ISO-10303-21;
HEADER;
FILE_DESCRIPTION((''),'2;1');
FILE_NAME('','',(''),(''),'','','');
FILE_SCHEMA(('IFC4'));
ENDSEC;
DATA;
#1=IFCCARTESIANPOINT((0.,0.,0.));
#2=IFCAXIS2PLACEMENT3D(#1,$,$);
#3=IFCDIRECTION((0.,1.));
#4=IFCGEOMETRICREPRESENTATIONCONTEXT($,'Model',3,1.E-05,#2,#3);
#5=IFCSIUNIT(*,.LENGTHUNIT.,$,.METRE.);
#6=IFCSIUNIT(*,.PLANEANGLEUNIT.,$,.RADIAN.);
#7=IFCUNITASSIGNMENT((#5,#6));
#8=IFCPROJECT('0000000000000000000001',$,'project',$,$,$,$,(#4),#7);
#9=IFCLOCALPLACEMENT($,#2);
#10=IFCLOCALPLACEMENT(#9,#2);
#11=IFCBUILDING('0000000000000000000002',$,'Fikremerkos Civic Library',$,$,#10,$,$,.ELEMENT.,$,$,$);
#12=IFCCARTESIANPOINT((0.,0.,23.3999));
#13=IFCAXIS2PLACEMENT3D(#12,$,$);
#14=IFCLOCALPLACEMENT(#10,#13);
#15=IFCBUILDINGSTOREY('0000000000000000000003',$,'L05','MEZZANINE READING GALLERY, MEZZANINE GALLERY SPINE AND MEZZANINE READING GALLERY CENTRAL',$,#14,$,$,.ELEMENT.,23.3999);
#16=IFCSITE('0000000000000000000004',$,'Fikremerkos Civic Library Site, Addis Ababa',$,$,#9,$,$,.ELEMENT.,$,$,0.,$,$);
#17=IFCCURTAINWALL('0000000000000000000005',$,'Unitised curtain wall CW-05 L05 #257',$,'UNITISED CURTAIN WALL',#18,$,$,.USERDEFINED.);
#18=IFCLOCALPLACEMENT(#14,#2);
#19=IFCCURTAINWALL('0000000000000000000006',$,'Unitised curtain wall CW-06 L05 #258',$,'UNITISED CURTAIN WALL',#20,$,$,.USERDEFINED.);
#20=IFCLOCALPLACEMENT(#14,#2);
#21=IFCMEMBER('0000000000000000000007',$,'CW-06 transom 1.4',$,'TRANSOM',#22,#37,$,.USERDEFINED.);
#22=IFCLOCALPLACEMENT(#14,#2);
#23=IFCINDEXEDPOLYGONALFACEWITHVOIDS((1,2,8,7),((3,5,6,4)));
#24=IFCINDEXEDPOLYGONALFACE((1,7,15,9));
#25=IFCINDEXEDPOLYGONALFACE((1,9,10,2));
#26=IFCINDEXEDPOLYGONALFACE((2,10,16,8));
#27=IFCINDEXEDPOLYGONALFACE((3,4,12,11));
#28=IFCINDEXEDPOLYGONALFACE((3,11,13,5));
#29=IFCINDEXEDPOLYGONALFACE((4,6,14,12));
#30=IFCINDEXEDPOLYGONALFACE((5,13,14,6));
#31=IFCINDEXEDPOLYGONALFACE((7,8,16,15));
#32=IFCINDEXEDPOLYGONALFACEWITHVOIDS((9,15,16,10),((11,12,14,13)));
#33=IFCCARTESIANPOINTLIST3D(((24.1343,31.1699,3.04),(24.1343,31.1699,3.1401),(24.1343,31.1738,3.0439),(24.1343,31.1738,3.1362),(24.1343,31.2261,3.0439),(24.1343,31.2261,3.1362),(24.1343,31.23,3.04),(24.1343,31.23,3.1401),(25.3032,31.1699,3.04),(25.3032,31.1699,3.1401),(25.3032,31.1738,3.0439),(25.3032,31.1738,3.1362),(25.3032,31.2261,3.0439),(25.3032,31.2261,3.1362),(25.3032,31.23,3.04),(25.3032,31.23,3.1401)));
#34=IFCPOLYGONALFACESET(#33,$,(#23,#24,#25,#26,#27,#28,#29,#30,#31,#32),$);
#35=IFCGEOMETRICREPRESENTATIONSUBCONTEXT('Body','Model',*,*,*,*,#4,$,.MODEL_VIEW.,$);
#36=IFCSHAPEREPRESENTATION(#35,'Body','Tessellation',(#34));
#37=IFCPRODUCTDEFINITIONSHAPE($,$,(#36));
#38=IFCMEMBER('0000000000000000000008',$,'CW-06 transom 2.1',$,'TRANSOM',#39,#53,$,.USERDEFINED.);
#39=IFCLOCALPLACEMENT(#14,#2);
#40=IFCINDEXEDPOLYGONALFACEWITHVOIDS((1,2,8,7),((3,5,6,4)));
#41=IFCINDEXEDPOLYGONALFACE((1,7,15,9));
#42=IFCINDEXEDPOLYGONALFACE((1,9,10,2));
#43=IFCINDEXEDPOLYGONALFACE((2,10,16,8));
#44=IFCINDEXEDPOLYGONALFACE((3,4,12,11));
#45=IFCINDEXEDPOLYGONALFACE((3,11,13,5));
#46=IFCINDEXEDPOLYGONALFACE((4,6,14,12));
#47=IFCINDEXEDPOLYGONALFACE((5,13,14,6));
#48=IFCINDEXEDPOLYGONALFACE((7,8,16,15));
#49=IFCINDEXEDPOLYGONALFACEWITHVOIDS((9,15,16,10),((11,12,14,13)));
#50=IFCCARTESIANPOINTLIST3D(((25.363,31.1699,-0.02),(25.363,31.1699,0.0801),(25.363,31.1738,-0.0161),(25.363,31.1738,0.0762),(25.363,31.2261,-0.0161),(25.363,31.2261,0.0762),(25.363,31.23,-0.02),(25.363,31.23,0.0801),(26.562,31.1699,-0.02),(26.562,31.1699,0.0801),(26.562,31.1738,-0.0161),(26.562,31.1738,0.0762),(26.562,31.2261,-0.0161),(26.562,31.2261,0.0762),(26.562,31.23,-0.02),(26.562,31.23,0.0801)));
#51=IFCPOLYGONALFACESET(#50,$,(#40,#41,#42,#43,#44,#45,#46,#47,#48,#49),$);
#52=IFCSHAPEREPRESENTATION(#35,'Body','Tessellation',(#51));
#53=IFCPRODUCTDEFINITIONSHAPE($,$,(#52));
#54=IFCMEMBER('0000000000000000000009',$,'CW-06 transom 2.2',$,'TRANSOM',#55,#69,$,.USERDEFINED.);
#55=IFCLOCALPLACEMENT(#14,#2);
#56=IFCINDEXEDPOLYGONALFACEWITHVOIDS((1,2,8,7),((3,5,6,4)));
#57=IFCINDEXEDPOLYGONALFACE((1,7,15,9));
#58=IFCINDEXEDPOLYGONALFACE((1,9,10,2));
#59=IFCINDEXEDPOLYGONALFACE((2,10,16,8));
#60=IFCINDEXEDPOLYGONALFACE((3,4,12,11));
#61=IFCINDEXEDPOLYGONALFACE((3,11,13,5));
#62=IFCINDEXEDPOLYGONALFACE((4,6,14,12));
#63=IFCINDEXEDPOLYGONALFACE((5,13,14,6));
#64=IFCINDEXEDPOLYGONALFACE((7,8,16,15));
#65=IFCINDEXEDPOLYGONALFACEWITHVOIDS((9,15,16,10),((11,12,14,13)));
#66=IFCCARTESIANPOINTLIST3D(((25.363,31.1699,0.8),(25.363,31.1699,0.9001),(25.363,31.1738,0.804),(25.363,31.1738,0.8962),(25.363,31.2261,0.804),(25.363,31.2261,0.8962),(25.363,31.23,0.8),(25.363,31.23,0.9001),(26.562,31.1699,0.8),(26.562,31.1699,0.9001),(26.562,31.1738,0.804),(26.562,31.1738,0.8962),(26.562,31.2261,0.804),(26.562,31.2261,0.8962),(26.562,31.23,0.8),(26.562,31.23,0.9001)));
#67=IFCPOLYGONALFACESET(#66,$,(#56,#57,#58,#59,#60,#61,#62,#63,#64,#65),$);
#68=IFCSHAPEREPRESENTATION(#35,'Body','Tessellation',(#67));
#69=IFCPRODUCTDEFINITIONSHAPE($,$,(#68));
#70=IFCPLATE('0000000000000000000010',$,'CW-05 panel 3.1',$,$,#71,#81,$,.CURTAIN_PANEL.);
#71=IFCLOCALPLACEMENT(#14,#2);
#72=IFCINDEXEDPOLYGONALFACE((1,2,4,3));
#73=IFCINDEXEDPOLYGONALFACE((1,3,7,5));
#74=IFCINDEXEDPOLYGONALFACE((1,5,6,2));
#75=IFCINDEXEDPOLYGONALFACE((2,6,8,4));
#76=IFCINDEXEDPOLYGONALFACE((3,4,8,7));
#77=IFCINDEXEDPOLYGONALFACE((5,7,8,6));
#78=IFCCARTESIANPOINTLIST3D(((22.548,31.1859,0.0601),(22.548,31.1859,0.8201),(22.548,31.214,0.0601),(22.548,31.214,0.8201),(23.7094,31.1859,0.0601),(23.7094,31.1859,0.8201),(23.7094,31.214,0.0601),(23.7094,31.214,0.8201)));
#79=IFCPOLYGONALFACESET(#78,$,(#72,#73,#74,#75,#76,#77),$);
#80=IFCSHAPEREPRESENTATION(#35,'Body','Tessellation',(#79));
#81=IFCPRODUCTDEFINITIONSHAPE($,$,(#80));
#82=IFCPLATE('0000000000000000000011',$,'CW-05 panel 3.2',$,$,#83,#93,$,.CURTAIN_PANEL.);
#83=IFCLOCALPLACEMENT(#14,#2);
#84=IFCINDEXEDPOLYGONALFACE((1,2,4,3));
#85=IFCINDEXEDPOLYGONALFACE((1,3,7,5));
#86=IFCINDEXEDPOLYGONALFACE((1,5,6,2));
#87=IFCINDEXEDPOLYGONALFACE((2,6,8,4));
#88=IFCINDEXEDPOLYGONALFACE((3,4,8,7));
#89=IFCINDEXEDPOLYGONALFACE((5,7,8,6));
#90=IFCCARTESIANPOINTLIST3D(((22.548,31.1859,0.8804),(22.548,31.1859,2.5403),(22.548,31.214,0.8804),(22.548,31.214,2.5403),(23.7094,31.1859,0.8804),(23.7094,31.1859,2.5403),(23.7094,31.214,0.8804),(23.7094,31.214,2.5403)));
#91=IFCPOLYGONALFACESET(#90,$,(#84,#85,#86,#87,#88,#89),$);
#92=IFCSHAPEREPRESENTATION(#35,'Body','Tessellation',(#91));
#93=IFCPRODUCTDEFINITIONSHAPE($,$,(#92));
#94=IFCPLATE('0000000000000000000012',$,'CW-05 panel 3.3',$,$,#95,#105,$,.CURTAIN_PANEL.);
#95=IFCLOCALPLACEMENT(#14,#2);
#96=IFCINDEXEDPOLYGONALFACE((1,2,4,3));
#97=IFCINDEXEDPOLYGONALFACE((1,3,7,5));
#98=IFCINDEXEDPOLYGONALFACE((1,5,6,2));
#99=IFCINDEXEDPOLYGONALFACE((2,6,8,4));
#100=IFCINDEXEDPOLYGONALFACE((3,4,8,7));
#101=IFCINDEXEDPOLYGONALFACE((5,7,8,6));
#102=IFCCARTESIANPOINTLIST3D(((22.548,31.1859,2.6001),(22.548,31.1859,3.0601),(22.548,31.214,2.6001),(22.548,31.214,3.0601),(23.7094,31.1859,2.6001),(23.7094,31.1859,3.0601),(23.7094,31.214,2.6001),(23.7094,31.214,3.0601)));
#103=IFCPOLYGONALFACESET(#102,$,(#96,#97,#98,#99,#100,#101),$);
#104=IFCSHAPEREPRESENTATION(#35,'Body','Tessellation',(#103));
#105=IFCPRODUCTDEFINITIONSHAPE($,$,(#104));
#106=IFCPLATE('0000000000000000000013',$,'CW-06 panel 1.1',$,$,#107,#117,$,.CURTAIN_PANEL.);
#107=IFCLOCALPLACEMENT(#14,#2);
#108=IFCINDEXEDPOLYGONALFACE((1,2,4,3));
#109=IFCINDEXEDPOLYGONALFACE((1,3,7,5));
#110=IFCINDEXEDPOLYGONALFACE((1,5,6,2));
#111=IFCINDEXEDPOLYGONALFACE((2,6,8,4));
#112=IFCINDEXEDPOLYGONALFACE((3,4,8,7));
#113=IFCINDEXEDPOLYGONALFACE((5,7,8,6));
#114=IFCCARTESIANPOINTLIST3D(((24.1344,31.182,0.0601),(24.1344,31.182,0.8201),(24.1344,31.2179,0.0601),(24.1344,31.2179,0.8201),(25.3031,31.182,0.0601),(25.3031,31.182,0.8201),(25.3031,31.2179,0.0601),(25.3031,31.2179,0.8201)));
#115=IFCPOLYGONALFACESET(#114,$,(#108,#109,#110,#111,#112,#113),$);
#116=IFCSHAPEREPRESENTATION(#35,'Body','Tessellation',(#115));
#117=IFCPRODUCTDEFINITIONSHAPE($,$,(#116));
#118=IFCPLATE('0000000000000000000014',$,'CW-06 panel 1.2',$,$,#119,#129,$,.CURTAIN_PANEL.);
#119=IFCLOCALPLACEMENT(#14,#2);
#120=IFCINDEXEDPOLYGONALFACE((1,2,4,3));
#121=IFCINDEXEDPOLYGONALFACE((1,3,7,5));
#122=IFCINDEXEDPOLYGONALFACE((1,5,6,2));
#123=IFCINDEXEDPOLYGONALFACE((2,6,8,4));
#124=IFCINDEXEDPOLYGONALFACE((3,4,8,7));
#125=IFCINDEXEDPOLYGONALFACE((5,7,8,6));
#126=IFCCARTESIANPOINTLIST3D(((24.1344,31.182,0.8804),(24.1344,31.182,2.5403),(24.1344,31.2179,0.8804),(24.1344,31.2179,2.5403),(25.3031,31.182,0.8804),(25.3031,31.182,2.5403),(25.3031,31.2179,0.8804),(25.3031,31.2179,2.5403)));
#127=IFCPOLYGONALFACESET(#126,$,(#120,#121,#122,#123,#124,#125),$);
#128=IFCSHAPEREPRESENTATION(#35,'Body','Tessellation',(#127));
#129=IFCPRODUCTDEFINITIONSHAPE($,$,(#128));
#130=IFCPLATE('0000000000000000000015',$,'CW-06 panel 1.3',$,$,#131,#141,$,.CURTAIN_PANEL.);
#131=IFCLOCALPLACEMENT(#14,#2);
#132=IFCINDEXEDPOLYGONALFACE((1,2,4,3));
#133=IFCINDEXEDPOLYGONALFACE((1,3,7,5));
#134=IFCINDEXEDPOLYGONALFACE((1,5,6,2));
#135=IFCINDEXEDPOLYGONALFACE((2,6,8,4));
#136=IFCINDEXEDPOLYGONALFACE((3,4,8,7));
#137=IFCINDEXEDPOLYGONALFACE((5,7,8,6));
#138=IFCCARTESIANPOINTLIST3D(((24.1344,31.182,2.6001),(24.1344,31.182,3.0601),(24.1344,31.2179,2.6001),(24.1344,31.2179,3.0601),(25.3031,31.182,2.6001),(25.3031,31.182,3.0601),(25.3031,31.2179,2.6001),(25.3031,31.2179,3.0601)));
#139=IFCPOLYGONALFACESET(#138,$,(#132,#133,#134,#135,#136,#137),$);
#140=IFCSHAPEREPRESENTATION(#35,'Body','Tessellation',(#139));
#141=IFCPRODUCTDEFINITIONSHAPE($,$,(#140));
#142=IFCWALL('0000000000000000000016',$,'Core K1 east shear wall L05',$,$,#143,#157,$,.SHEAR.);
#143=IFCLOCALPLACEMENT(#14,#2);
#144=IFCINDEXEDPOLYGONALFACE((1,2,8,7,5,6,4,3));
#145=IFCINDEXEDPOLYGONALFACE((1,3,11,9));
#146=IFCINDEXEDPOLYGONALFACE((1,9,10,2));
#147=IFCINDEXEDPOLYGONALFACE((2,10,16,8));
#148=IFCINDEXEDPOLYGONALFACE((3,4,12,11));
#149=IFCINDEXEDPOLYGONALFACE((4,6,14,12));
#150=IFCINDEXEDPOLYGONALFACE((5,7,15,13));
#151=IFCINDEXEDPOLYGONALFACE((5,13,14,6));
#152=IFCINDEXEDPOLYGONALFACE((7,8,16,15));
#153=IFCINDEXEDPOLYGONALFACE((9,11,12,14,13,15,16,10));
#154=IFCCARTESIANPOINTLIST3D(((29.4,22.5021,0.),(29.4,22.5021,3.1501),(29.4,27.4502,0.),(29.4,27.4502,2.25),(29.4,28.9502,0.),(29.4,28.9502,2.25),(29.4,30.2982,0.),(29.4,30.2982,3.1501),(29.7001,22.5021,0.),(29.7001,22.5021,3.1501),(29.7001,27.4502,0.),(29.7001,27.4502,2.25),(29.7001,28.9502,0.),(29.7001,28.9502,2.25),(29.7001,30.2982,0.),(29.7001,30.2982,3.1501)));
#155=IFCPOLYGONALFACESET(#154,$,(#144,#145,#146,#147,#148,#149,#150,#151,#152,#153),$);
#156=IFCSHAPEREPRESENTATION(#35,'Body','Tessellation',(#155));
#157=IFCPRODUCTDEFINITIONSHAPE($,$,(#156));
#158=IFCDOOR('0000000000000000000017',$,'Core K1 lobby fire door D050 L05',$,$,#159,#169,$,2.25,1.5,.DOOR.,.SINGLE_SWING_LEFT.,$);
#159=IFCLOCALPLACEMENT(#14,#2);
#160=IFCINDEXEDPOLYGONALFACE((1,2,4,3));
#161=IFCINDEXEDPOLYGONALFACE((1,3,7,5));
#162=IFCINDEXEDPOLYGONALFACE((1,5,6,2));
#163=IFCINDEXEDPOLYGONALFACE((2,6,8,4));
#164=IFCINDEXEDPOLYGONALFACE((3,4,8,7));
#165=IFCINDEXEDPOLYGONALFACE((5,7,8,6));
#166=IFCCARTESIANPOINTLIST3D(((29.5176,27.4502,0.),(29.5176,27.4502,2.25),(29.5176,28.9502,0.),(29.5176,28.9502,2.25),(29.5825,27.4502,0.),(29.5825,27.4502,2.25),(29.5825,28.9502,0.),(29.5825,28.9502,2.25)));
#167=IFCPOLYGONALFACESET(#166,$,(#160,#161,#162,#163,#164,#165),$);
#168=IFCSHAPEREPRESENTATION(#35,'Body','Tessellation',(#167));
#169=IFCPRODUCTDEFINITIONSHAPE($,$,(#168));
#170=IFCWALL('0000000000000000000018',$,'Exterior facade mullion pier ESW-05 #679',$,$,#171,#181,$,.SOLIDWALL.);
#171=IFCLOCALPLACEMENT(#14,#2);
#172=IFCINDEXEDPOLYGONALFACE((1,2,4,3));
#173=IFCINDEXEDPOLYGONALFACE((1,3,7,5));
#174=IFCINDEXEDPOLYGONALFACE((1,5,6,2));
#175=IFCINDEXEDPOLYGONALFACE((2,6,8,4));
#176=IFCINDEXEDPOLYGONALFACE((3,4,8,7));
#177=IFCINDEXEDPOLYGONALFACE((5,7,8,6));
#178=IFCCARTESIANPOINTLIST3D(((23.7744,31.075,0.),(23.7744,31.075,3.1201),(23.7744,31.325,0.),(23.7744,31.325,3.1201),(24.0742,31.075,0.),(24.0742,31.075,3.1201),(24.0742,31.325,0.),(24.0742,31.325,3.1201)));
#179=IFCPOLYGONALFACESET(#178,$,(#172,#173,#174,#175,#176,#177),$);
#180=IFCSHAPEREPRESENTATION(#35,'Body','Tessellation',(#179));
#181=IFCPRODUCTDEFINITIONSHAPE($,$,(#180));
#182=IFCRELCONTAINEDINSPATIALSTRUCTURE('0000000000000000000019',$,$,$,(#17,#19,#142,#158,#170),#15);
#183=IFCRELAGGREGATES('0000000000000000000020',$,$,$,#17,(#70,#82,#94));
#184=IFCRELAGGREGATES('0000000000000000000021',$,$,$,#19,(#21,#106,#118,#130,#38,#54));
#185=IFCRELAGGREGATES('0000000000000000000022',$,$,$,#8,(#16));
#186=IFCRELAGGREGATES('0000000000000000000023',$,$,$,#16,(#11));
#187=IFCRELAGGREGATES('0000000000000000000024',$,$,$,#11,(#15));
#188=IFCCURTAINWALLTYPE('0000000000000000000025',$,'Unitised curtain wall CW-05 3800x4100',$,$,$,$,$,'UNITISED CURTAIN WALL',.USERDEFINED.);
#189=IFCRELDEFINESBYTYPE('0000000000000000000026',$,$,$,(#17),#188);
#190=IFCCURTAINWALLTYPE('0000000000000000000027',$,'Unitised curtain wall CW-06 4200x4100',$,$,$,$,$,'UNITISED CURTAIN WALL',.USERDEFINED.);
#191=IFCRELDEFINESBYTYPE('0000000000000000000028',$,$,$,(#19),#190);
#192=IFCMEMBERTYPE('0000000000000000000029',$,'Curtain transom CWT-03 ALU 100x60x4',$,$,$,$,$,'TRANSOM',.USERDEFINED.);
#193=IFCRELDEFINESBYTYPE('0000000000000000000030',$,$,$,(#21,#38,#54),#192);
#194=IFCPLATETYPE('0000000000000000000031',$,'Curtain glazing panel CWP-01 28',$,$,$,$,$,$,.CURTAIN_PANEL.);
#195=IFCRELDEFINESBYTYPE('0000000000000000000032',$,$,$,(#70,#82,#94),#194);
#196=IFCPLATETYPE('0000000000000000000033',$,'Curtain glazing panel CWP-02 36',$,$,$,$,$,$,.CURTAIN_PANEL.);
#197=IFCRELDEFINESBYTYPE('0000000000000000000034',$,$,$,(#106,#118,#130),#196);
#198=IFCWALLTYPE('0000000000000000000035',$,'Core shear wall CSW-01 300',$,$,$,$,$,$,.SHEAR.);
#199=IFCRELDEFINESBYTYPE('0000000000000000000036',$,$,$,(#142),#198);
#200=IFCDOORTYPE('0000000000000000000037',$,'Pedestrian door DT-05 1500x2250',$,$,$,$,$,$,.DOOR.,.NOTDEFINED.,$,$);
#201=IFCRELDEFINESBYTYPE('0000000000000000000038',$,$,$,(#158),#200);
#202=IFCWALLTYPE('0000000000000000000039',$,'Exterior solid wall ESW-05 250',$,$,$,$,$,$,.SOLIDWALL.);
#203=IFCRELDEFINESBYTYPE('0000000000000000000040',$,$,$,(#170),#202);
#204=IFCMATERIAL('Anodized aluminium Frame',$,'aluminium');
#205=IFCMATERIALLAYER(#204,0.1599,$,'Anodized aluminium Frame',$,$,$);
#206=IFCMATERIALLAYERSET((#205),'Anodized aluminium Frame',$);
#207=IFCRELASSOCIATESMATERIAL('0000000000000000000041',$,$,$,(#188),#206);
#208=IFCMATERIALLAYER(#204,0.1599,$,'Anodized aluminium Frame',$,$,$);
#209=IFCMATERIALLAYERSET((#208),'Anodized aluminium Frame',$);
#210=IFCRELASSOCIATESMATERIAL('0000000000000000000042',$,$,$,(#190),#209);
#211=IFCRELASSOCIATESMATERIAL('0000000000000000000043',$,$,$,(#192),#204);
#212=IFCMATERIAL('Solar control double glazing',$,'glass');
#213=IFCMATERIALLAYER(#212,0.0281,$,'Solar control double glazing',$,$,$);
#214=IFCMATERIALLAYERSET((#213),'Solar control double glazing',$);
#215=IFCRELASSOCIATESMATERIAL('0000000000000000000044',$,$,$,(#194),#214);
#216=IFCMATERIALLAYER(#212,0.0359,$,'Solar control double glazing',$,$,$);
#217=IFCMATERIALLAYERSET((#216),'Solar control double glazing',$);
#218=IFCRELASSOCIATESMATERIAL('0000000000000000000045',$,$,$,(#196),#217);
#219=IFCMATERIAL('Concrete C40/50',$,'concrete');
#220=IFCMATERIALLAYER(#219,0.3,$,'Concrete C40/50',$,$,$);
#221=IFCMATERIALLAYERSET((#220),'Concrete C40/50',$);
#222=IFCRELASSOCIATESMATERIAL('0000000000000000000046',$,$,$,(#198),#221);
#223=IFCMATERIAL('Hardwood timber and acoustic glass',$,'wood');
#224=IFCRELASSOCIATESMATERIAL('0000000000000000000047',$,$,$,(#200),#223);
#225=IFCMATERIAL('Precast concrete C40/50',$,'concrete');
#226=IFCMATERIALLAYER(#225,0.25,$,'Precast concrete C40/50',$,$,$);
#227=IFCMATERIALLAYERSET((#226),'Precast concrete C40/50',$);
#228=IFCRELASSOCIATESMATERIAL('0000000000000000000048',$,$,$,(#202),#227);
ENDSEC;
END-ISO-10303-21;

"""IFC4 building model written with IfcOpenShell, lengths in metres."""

from ifc_helpers import new_model, si_unit, direction, frame, frame_2d, origin, origin_2d, place, context, subcontext, project, spatial, rectangle, hollow_rectangle, extrude, material, layer, layer_set, material_profile, profile_set, type_object, element, fill, aggregate, save


model = new_model("IFC4")

# Units and contexts
model_context = context("Model", 3, precision=1e-05, world=origin(), true_north=direction((0.0, 1.0)))
body_context = subcontext(model_context, "Body", "Model", "MODEL_VIEW")
ifc_project = project(units=[si_unit("LENGTHUNIT", "METRE"), si_unit("PLANEANGLEUNIT", "RADIAN")], contexts=[model_context])

# Site, building, storey
site_placement = place(None, origin())
site = spatial("IfcSite", under=ifc_project, at=site_placement, Name="Fikremerkos Civic Library Site, Addis Ababa", CompositionType="ELEMENT", RefElevation=0.0)
building_placement = place(site_placement, origin())
building = spatial("IfcBuilding", under=site, at=building_placement, Name="Fikremerkos Civic Library", CompositionType="ELEMENT")
storey_placement = place(building_placement, frame((0.0, 0.0, 23.3999)))
storey = spatial("IfcBuildingStorey", under=building, at=storey_placement, Name="L05", Description="MEZZANINE READING GALLERY, MEZZANINE GALLERY SPINE AND MEZZANINE READING GALLERY CENTRAL", CompositionType="ELEMENT", Elevation=23.3999)

# Curtain walls
ifc_material_1 = material(Name="Anodized aluminium Frame", Category="aluminium")
ifc_layer_1 = layer(ifc_material_1, 0.1599, Name="Anodized aluminium Frame")
ifc_layer_set_1 = layer_set([ifc_layer_1], Name="Anodized aluminium Frame")
curtain_wall_type_1 = type_object("IfcCurtainWallType", Name="Unitised curtain wall CW-05 3800x4100", ElementType="UNITISED CURTAIN WALL", PredefinedType="USERDEFINED", material=ifc_layer_set_1)
curtain_wall_1_placement = place(storey_placement, origin())
curtain_wall_1 = element("IfcCurtainWall", 1, at=curtain_wall_1_placement, inside=storey, type_object=curtain_wall_type_1, Name="Unitised curtain wall CW-05 L05 #257", ObjectType="UNITISED CURTAIN WALL", PredefinedType="USERDEFINED")
ifc_layer_2 = layer(ifc_material_1, 0.1599, Name="Anodized aluminium Frame")
ifc_layer_set_2 = layer_set([ifc_layer_2], Name="Anodized aluminium Frame")
curtain_wall_type_2 = type_object("IfcCurtainWallType", Name="Unitised curtain wall CW-06 4200x4100", ElementType="UNITISED CURTAIN WALL", PredefinedType="USERDEFINED", material=ifc_layer_set_2)
curtain_wall_2_placement = place(storey_placement, origin())
curtain_wall_2 = element("IfcCurtainWall", 2, at=curtain_wall_2_placement, inside=storey, type_object=curtain_wall_type_2, Name="Unitised curtain wall CW-06 L05 #258", ObjectType="UNITISED CURTAIN WALL", PredefinedType="USERDEFINED")

# Members
ifc_material_profile_1 = material_profile(ifc_material_1, hollow_rectangle(XDim=0.0601, YDim=0.1001, WallThickness=0.0039, at=origin_2d()), Name="ALU 100x60x4")
ifc_profile_set_1 = profile_set([ifc_material_profile_1], Name="Anodized aluminium Frame")
member_type_1 = type_object("IfcMemberType", Name="Curtain transom CWT-03 ALU 100x60x4", ElementType="TRANSOM", PredefinedType="USERDEFINED", material=ifc_profile_set_1)
member_1_placement = place(storey_placement, frame((24.1343, 31.2, 3.0901), z_axis=(1.0, 0.0, 0.0), x_axis=(0.0, 1.0, 0.0)))
member_1 = element("IfcMember", 3, at=member_1_placement, type_object=member_type_1, Name="CW-06 transom 1.4", ObjectType="TRANSOM", PredefinedType="USERDEFINED", context=body_context, shape_type="SweptSolid", body=[
    extrude(hollow_rectangle(XDim=0.0601, YDim=0.1001, WallThickness=0.0039, at=origin_2d()), origin(), (0.0, 0.0, 1.0), 1.1689),
])
member_2_placement = place(storey_placement, frame((25.363, 31.2, 0.03), z_axis=(1.0, 0.0, 0.0), x_axis=(0.0, 1.0, 0.0)))
member_2 = element("IfcMember", 4, at=member_2_placement, type_object=member_type_1, Name="CW-06 transom 2.1", ObjectType="TRANSOM", PredefinedType="USERDEFINED", context=body_context, shape_type="SweptSolid", body=[
    extrude(hollow_rectangle(XDim=0.0601, YDim=0.1001, WallThickness=0.0039, at=origin_2d()), origin(), (0.0, 0.0, 1.0), 1.199),
])
member_3_placement = place(storey_placement, frame((25.363, 31.2, 0.8501), z_axis=(1.0, 0.0, 0.0), x_axis=(0.0, 1.0, 0.0)))
member_3 = element("IfcMember", 5, at=member_3_placement, type_object=member_type_1, Name="CW-06 transom 2.2", ObjectType="TRANSOM", PredefinedType="USERDEFINED", context=body_context, shape_type="SweptSolid", body=[
    extrude(hollow_rectangle(XDim=0.0601, YDim=0.1001, WallThickness=0.0039, at=origin_2d()), origin(), (0.0, 0.0, 1.0), 1.199),
])

# Plates
ifc_material_2 = material(Name="Solar control double glazing", Category="glass")
ifc_layer_3 = layer(ifc_material_2, 0.0281, Name="Solar control double glazing")
ifc_layer_set_3 = layer_set([ifc_layer_3], Name="Solar control double glazing")
plate_type_1 = type_object("IfcPlateType", Name="Curtain glazing panel CWP-01 28", PredefinedType="CURTAIN_PANEL", material=ifc_layer_set_3)
plate_1_placement = place(storey_placement, frame((23.1287, 31.2, 0.0601), z_axis=(0.0, 0.0, 1.0), x_axis=(1.0, 0.0, 0.0)))
plate_1 = element("IfcPlate", 6, at=plate_1_placement, type_object=plate_type_1, Name="CW-05 panel 3.1", PredefinedType="CURTAIN_PANEL", context=body_context, shape_type="SweptSolid", body=[
    extrude(rectangle(XDim=1.1614, YDim=0.0281, at=origin_2d()), origin(), (0.0, 0.0, 1.0), 0.76),
])
plate_2_placement = place(storey_placement, frame((23.1287, 31.2, 0.8804), z_axis=(0.0, 0.0, 1.0), x_axis=(1.0, 0.0, 0.0)))
plate_2 = element("IfcPlate", 7, at=plate_2_placement, type_object=plate_type_1, Name="CW-05 panel 3.2", PredefinedType="CURTAIN_PANEL", context=body_context, shape_type="SweptSolid", body=[
    extrude(rectangle(XDim=1.1614, YDim=0.0281, at=origin_2d()), origin(), (0.0, 0.0, 1.0), 1.6599),
])
plate_3_placement = place(storey_placement, frame((23.1287, 31.2, 2.6001), z_axis=(0.0, 0.0, 1.0), x_axis=(1.0, 0.0, 0.0)))
plate_3 = element("IfcPlate", 8, at=plate_3_placement, type_object=plate_type_1, Name="CW-05 panel 3.3", PredefinedType="CURTAIN_PANEL", context=body_context, shape_type="SweptSolid", body=[
    extrude(rectangle(XDim=1.1614, YDim=0.0281, at=origin_2d()), origin(), (0.0, 0.0, 1.0), 0.46),
])
aggregate(curtain_wall_1, [plate_1, plate_2, plate_3])
ifc_layer_4 = layer(ifc_material_2, 0.0359, Name="Solar control double glazing")
ifc_layer_set_4 = layer_set([ifc_layer_4], Name="Solar control double glazing")
plate_type_2 = type_object("IfcPlateType", Name="Curtain glazing panel CWP-02 36", PredefinedType="CURTAIN_PANEL", material=ifc_layer_set_4)
plate_4_placement = place(storey_placement, frame((24.7188, 31.2, 0.0601), z_axis=(0.0, 0.0, 1.0), x_axis=(1.0, 0.0, 0.0)))
plate_4 = element("IfcPlate", 9, at=plate_4_placement, type_object=plate_type_2, Name="CW-06 panel 1.1", PredefinedType="CURTAIN_PANEL", context=body_context, shape_type="SweptSolid", body=[
    extrude(rectangle(XDim=1.1687, YDim=0.0359, at=origin_2d()), origin(), (0.0, 0.0, 1.0), 0.76),
])
plate_5_placement = place(storey_placement, frame((24.7188, 31.2, 0.8804), z_axis=(0.0, 0.0, 1.0), x_axis=(1.0, 0.0, 0.0)))
plate_5 = element("IfcPlate", 10, at=plate_5_placement, type_object=plate_type_2, Name="CW-06 panel 1.2", PredefinedType="CURTAIN_PANEL", context=body_context, shape_type="SweptSolid", body=[
    extrude(rectangle(XDim=1.1687, YDim=0.0359, at=origin_2d()), origin(), (0.0, 0.0, 1.0), 1.6599),
])
plate_6_placement = place(storey_placement, frame((24.7188, 31.2, 2.6001), z_axis=(0.0, 0.0, 1.0), x_axis=(1.0, 0.0, 0.0)))
plate_6 = element("IfcPlate", 11, at=plate_6_placement, type_object=plate_type_2, Name="CW-06 panel 1.3", PredefinedType="CURTAIN_PANEL", context=body_context, shape_type="SweptSolid", body=[
    extrude(rectangle(XDim=1.1687, YDim=0.0359, at=origin_2d()), origin(), (0.0, 0.0, 1.0), 0.46),
])
aggregate(curtain_wall_2, [member_1, plate_4, plate_5, plate_6, member_2, member_3])

# Wall, opening, door
ifc_material_3 = material(Name="Concrete C40/50", Category="concrete")
ifc_layer_5 = layer(ifc_material_3, 0.3, Name="Concrete C40/50")
ifc_layer_set_5 = layer_set([ifc_layer_5], Name="Concrete C40/50")
wall_type_1 = type_object("IfcWallType", Name="Core shear wall CSW-01 300", PredefinedType="SHEAR", material=ifc_layer_set_5)
wall_1_placement = place(storey_placement, frame((29.55, 30.2981, 0.0), z_axis=(0.0, 0.0, 1.0), x_axis=(0.0, -1.0, 0.0)))
wall_1 = element("IfcWall", 12, at=wall_1_placement, inside=storey, type_object=wall_type_1, Name="Core K1 east shear wall L05", PredefinedType="SHEAR", context=body_context, shape_type="SweptSolid", body=[
    extrude(rectangle(XDim=7.7961, YDim=0.3, at=frame_2d((3.8979, 0.0))), origin(), (0.0, 0.0, 1.0), 3.1501),
])
opening_placement = place(wall_1_placement, frame((1.3479, 0.0, 0.0)))
opening = element("IfcOpeningElement", 13, at=opening_placement, cuts=wall_1, PredefinedType="OPENING", context=body_context, shape_type="SweptSolid", body=[
    extrude(rectangle(XDim=1.5, YDim=2.25, at=frame_2d((0.75, 1.125))), frame((0.0, 0.1599, 0.0), z_axis=(0.0, -1.0, 0.0), x_axis=(1.0, 0.0, 0.0)), (0.0, 0.0, 1.0), 0.3201),
])
ifc_material_4 = material(Name="Hardwood timber and acoustic glass", Category="wood")
door_type = type_object("IfcDoorType", Name="Pedestrian door DT-05 1500x2250", OperationType="NOTDEFINED", PredefinedType="DOOR", material=ifc_material_4)
door_placement = place(opening_placement, origin())
door = element("IfcDoor", 14, at=door_placement, inside=storey, type_object=door_type, Name="Core K1 lobby fire door D050 L05", OperationType="SINGLE_SWING_LEFT", OverallHeight=2.25, OverallWidth=1.5, PredefinedType="DOOR", context=body_context, shape_type="SweptSolid", body=[
    extrude(rectangle(XDim=1.5, YDim=2.25, at=frame_2d((0.75, 1.125))), frame((0.0, 0.0325, 0.0), z_axis=(0.0, -1.0, 0.0), x_axis=(1.0, 0.0, 0.0)), (0.0, 0.0, 1.0), 0.0649),
])
fill(opening, door)

# Wall
ifc_material_5 = material(Name="Precast concrete C40/50", Category="concrete")
ifc_layer_6 = layer(ifc_material_5, 0.25, Name="Precast concrete C40/50")
ifc_layer_set_6 = layer_set([ifc_layer_6], Name="Precast concrete C40/50")
wall_type_2 = type_object("IfcWallType", Name="Exterior solid wall ESW-05 250", PredefinedType="SOLIDWALL", material=ifc_layer_set_6)
wall_2_placement = place(storey_placement, frame((23.7744, 31.2, 0.0), z_axis=(0.0, 0.0, 1.0), x_axis=(1.0, 0.0, 0.0)))
element("IfcWall", 15, at=wall_2_placement, inside=storey, type_object=wall_type_2, Name="Exterior facade mullion pier ESW-05 #679", PredefinedType="SOLIDWALL", context=body_context, shape_type="SweptSolid", body=[
    extrude(rectangle(XDim=0.2998, YDim=0.25, at=frame_2d((0.1499, 0.0))), origin(), (0.0, 0.0, 1.0), 3.1201),
])

save(model, "model.ifc")
